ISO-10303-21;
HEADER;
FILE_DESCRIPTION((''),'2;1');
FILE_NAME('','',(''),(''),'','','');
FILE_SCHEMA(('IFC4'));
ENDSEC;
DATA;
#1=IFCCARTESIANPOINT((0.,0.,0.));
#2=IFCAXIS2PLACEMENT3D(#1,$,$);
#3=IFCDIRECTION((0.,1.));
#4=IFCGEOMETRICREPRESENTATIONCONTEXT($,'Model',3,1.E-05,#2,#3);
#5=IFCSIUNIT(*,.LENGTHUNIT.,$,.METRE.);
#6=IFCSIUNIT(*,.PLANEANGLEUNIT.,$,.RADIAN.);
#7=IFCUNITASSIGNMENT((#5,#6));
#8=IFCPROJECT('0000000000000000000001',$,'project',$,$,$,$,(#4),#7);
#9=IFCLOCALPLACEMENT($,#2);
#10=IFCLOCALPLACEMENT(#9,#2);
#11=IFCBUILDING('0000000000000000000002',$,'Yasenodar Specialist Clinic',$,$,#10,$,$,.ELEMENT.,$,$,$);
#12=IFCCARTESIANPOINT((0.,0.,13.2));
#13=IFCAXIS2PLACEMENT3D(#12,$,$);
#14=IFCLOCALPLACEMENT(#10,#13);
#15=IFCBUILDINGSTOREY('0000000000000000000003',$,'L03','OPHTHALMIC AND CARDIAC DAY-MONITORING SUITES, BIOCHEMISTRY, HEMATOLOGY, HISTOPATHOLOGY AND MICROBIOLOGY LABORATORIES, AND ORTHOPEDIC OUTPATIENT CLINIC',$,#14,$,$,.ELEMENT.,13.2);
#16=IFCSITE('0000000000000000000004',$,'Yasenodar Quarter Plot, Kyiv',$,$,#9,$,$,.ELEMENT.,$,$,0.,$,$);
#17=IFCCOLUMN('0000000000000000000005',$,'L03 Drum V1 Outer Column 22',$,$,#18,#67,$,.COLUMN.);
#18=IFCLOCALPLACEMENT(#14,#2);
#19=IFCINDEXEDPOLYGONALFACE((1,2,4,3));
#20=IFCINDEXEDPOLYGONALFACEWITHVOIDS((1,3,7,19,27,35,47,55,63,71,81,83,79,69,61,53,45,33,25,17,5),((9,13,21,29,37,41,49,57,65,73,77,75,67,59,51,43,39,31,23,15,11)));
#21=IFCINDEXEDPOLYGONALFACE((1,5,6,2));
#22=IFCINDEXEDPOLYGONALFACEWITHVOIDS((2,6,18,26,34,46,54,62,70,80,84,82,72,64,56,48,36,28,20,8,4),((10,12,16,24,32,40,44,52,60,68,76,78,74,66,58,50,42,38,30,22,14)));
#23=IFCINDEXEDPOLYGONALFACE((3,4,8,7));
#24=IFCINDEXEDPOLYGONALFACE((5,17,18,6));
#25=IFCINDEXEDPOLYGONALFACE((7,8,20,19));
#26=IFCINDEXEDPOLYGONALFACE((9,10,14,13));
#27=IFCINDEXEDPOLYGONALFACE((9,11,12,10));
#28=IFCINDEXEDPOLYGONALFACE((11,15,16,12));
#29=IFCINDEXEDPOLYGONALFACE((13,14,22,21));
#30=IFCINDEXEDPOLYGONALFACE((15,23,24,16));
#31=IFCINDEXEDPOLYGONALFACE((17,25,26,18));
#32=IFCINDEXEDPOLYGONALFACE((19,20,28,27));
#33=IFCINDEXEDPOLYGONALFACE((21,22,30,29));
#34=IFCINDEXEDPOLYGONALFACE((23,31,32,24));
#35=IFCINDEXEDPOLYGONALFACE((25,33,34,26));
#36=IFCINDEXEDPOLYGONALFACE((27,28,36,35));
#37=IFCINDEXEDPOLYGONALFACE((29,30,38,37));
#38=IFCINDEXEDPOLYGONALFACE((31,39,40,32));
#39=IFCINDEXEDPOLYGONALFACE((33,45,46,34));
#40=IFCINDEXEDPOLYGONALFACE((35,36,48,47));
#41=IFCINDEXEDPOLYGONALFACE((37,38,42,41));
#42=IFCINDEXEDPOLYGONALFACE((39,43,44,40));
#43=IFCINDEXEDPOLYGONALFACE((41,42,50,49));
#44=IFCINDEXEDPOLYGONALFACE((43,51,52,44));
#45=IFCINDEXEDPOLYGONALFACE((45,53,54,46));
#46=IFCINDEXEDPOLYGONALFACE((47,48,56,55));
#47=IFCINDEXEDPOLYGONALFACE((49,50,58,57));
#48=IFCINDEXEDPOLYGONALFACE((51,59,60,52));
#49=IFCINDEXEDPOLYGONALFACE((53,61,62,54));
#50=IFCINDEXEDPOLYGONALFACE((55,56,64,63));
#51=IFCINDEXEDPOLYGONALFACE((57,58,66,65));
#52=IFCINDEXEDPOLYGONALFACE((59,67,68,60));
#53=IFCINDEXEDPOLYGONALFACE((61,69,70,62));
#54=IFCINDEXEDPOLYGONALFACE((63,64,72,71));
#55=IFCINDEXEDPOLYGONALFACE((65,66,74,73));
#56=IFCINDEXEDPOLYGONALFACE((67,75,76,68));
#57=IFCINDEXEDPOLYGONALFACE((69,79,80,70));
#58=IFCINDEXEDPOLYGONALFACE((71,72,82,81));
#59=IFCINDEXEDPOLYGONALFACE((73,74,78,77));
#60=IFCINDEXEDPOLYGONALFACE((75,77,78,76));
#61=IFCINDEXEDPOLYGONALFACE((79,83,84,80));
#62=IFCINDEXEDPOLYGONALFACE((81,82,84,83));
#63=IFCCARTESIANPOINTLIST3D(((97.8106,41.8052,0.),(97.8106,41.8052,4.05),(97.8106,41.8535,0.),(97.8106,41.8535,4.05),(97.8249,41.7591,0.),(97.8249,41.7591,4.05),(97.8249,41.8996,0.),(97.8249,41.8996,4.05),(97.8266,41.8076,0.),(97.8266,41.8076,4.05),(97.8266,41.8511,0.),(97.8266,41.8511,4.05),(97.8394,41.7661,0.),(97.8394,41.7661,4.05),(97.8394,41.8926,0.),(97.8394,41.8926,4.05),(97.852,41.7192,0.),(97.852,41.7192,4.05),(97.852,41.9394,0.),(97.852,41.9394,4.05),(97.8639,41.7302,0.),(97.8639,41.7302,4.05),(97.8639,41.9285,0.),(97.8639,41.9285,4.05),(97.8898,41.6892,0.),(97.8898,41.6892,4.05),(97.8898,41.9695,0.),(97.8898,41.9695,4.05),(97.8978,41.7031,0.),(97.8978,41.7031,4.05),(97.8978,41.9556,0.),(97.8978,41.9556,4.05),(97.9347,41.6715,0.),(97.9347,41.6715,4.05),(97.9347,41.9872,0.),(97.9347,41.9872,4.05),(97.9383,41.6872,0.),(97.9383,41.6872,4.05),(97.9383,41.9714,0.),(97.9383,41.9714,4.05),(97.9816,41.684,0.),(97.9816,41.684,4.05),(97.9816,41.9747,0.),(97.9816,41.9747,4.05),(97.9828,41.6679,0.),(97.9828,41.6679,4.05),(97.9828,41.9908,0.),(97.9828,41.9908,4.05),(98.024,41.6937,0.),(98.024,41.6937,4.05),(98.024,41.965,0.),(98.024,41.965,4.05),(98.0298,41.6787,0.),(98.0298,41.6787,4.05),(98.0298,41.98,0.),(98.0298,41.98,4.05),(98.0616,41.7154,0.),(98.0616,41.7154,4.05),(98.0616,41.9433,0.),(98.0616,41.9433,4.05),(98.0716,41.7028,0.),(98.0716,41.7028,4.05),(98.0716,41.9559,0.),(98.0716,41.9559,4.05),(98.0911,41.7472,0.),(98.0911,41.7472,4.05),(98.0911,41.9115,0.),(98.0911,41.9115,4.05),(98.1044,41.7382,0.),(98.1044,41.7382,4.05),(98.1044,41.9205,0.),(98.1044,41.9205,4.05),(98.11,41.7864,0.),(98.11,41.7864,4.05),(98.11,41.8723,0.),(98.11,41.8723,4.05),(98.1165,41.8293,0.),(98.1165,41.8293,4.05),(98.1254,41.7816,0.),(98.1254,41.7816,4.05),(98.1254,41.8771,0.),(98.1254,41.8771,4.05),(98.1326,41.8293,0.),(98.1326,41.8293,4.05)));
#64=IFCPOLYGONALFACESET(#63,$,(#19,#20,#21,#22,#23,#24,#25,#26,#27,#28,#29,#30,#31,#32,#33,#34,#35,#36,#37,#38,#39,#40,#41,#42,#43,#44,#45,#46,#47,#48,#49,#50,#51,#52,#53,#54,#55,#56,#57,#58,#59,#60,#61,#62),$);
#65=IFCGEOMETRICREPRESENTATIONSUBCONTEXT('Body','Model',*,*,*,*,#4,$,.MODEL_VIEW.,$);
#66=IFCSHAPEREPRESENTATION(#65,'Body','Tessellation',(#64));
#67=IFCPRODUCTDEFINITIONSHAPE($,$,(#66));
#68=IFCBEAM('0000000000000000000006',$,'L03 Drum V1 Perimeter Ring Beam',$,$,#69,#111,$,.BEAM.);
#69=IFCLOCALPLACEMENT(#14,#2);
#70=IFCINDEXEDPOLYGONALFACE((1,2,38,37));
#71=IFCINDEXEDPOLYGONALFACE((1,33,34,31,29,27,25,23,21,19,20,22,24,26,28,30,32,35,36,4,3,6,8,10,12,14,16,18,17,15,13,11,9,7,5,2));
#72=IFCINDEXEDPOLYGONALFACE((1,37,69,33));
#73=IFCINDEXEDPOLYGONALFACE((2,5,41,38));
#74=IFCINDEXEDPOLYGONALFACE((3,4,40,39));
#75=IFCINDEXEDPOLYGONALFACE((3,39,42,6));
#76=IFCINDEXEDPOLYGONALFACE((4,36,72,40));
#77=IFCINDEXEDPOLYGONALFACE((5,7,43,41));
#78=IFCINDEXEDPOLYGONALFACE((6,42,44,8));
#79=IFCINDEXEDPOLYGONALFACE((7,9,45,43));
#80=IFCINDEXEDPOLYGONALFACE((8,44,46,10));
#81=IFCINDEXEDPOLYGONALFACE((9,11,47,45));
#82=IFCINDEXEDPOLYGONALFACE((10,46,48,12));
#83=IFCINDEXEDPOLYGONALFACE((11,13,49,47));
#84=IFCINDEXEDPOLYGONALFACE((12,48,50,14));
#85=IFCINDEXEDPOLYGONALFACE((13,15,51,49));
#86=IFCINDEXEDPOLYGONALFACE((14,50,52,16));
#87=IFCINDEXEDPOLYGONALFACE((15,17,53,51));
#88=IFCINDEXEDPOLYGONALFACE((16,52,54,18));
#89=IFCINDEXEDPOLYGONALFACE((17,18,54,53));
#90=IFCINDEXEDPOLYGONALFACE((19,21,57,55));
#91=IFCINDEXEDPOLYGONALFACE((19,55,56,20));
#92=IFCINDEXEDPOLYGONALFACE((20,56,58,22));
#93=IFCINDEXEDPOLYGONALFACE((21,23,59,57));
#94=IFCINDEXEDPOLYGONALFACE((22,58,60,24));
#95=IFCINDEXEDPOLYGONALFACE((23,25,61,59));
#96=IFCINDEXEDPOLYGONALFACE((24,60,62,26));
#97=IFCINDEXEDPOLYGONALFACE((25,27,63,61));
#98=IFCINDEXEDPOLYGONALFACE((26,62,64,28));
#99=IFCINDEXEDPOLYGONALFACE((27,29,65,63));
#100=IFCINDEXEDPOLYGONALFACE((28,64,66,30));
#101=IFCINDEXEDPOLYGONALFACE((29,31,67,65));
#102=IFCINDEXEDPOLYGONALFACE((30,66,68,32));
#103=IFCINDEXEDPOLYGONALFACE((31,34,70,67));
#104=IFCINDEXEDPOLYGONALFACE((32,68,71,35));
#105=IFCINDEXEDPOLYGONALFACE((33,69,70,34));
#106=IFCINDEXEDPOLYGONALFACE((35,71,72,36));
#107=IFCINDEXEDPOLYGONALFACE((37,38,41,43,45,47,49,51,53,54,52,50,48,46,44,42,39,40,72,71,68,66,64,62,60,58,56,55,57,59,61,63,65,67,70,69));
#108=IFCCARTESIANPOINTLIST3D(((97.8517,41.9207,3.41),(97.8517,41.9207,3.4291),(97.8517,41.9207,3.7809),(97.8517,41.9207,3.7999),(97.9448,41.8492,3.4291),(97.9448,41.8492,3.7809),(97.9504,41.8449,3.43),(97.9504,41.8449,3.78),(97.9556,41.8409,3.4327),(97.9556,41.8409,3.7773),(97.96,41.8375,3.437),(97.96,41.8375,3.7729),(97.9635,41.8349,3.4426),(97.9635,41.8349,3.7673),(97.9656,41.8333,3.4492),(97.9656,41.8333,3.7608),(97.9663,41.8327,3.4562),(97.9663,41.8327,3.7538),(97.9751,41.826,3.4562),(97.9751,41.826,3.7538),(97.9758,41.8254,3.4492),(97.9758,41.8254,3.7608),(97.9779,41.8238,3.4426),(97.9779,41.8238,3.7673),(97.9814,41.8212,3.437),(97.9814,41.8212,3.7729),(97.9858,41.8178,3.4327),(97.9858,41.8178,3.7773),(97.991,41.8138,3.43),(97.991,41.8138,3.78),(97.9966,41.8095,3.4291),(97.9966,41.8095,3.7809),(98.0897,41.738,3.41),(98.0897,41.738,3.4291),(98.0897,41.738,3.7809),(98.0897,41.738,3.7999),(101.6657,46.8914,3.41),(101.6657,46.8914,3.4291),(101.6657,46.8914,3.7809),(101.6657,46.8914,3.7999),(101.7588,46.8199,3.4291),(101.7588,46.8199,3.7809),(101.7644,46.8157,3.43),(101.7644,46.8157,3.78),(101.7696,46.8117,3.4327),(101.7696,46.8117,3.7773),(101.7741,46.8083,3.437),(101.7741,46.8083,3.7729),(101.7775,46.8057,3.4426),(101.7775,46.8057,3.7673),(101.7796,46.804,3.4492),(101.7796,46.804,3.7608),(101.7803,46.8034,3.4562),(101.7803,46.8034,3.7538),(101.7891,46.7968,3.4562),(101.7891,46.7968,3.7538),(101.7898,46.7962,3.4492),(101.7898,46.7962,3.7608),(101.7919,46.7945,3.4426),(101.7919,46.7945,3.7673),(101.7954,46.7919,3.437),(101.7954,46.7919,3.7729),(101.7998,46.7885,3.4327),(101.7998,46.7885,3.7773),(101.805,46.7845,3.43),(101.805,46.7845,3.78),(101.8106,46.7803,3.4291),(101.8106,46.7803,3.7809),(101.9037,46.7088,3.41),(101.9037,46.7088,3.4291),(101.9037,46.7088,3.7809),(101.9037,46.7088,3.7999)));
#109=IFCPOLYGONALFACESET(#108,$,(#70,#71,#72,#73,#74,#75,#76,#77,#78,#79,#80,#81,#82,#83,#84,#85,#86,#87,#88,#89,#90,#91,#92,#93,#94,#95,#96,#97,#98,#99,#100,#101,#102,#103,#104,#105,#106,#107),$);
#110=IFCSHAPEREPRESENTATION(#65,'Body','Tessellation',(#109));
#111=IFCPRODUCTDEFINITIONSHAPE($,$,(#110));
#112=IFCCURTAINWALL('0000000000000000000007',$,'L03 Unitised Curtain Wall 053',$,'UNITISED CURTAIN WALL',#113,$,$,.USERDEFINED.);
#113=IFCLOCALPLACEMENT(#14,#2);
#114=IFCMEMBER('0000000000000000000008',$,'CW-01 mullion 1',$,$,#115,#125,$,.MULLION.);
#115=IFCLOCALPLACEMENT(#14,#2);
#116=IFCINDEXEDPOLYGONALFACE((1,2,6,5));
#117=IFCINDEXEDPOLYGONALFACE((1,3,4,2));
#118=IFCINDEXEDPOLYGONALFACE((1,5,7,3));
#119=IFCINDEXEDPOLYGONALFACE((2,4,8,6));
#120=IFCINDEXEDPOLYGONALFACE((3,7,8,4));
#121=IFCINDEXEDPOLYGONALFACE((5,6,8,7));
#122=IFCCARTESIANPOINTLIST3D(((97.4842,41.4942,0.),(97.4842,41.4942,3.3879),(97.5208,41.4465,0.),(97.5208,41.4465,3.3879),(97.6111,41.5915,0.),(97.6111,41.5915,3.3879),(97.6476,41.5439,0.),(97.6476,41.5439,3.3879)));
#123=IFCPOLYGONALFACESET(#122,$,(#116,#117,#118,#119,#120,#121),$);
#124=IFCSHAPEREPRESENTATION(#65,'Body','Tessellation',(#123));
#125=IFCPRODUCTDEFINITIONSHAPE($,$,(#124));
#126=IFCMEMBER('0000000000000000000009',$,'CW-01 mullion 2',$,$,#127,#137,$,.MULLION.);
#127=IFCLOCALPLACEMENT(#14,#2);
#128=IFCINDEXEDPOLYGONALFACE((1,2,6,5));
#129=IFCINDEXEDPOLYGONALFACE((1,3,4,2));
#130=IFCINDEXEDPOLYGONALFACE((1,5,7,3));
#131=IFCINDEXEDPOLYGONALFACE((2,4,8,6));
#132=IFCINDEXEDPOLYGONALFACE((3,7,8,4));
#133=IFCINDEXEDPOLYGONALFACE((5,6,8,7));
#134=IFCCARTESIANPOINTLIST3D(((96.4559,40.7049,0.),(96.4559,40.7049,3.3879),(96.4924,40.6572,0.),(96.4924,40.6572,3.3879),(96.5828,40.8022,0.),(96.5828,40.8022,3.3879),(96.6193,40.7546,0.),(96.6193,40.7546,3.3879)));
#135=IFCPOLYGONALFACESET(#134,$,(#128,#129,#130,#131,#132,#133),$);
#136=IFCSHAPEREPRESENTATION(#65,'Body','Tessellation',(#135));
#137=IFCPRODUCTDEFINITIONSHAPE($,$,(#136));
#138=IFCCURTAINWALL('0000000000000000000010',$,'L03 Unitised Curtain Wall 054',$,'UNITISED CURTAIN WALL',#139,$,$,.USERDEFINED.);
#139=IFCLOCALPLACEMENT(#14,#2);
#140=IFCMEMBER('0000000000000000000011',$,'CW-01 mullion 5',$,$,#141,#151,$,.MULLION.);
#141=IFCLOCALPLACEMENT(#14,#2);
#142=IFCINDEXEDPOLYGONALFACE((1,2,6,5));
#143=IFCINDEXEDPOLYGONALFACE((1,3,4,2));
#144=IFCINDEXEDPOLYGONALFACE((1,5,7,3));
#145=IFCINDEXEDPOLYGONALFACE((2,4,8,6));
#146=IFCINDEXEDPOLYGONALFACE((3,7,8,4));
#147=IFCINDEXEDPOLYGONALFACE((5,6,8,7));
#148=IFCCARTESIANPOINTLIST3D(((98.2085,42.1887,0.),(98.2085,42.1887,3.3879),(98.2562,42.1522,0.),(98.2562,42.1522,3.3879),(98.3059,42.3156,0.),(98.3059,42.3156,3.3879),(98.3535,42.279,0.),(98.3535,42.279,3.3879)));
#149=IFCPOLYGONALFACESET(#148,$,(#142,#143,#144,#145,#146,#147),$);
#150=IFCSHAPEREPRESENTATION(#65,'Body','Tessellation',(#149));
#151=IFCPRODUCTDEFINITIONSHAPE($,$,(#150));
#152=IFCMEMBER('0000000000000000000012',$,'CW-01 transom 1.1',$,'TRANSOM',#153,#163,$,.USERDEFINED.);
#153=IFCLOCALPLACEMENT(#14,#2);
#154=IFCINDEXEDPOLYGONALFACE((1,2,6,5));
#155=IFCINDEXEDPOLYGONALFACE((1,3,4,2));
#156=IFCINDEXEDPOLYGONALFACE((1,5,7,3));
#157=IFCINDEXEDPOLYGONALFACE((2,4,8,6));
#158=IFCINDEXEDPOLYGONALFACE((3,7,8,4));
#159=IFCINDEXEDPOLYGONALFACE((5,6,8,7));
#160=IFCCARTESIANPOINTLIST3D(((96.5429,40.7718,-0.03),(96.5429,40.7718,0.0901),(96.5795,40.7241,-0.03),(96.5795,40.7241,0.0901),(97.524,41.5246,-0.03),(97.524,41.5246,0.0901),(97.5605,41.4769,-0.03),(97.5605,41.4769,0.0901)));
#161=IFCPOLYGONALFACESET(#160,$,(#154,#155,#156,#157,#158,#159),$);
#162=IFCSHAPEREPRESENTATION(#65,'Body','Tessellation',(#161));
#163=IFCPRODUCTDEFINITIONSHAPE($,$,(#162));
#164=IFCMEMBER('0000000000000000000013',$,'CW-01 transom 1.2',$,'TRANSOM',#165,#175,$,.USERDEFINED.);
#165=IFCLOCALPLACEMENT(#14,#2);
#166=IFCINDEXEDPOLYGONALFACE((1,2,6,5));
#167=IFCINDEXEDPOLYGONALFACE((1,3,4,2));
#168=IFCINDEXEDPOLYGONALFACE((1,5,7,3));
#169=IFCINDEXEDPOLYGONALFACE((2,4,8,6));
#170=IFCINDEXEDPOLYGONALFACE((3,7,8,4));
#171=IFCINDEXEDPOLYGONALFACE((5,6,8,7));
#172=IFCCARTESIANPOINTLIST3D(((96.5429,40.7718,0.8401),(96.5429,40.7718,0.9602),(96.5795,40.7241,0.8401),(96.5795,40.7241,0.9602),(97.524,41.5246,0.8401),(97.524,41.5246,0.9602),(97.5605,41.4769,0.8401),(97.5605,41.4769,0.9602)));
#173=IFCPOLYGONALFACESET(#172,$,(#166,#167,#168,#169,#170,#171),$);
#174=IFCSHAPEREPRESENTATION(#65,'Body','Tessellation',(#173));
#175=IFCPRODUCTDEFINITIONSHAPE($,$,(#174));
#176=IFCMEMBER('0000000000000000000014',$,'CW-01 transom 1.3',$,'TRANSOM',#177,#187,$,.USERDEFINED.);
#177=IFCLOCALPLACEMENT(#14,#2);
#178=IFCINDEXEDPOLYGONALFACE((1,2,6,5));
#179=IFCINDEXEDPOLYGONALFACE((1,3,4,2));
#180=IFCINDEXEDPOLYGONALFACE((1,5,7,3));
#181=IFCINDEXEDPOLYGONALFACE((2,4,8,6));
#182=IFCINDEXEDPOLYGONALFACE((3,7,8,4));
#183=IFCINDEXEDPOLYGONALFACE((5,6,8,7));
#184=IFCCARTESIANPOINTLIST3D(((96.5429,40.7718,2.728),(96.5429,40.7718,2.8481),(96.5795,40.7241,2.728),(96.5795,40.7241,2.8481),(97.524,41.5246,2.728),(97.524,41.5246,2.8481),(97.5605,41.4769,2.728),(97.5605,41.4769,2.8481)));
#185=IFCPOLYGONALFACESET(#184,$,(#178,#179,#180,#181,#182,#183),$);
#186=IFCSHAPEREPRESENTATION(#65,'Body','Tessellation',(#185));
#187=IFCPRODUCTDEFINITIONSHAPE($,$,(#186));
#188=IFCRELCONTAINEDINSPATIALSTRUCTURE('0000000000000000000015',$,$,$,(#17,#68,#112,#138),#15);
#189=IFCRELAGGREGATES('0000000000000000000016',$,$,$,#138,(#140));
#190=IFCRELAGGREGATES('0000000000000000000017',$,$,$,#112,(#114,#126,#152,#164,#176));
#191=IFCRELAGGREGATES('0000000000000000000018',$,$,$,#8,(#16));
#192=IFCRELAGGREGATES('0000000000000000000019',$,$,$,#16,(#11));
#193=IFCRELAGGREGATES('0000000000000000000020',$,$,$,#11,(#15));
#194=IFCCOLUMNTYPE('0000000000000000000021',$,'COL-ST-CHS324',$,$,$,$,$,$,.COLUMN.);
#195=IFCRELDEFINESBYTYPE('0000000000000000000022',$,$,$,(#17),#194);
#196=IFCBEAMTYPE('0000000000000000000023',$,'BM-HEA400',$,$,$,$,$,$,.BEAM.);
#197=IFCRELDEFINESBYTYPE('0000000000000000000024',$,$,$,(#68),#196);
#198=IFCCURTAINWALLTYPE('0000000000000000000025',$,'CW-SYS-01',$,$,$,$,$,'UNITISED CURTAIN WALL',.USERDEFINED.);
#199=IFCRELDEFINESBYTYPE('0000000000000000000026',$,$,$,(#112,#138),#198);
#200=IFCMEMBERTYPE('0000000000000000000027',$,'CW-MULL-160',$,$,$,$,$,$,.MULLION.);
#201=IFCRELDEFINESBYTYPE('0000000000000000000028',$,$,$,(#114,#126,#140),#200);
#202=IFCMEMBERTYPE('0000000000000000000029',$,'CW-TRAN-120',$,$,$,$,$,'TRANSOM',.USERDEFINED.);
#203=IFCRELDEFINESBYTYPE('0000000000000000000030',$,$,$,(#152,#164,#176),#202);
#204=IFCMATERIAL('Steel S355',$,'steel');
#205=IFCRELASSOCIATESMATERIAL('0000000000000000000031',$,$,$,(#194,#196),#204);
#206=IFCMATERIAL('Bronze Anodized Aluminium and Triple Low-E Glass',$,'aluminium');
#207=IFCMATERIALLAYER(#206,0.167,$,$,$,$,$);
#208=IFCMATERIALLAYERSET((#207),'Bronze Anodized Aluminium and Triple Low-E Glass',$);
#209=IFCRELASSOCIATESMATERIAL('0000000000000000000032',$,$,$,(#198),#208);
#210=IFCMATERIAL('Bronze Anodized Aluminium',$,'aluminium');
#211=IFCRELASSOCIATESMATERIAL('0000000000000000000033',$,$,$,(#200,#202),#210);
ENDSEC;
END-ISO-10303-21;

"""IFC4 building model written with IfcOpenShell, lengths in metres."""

from ifc_helpers import new_model, si_unit, direction, frame, origin, origin_2d, place, context, subcontext, project, spatial, rectangle, hollow_circle, i_section, extrude, material, layer, layer_set, material_profile, profile_set, type_object, element, aggregate, save


model = new_model("IFC4")

# Units and contexts
model_context = context("Model", 3, precision=1e-05, world=origin(), true_north=direction((0.0, 1.0)))
body_context = subcontext(model_context, "Body", "Model", "MODEL_VIEW")
ifc_project = project(units=[si_unit("LENGTHUNIT", "METRE"), si_unit("PLANEANGLEUNIT", "RADIAN")], contexts=[model_context])

# Site, building, storey
site_placement = place(None, origin())
site = spatial("IfcSite", under=ifc_project, at=site_placement, Name="Yasenodar Quarter Plot, Kyiv", CompositionType="ELEMENT", RefElevation=0.0)
building_placement = place(site_placement, origin())
building = spatial("IfcBuilding", under=site, at=building_placement, Name="Yasenodar Specialist Clinic", CompositionType="ELEMENT")
storey_placement = place(building_placement, frame((0.0, 0.0, 13.2)))
storey = spatial("IfcBuildingStorey", under=building, at=storey_placement, Name="L03", Description="OPHTHALMIC AND CARDIAC DAY-MONITORING SUITES, BIOCHEMISTRY, HEMATOLOGY, HISTOPATHOLOGY AND MICROBIOLOGY LABORATORIES, AND ORTHOPEDIC OUTPATIENT CLINIC", CompositionType="ELEMENT", Elevation=13.2)

# Column
ifc_material_1 = material(Name="Steel S355", Category="steel")
ifc_material_profile_1 = material_profile(ifc_material_1, hollow_circle(Radius=0.1619, WallThickness=0.0161, at=origin_2d()), Name="CHS 323.9x16")
ifc_profile_set_1 = profile_set([ifc_material_profile_1], Name="Steel S355")
column_type = type_object("IfcColumnType", Name="COL-ST-CHS324", PredefinedType="COLUMN", material=ifc_profile_set_1)
column_placement = place(storey_placement, frame((97.9707, 41.8293, 0.0), z_axis=(0.0, 0.0, 1.0), x_axis=(1.0, 0.0, 0.0)))
element("IfcColumn", 1, at=column_placement, inside=storey, type_object=column_type, Name="L03 Drum V1 Outer Column 22", PredefinedType="COLUMN", context=body_context, shape_type="SweptSolid", body=[
    extrude(hollow_circle(Radius=0.1619, WallThickness=0.0161, at=origin_2d()), origin(), (0.0, 0.0, 1.0), 4.05),
])

# Beam
ifc_material_profile_2 = material_profile(ifc_material_1, i_section(OverallWidth=0.3, OverallDepth=0.3899, WebThickness=0.011, FlangeThickness=0.019, FilletRadius=0.0271, at=origin_2d()), Name="HEA 400")
ifc_profile_set_2 = profile_set([ifc_material_profile_2], Name="Steel S355")
beam_type = type_object("IfcBeamType", Name="BM-HEA400", PredefinedType="BEAM", material=ifc_profile_set_2)
beam_placement = place(storey_placement, frame((97.9707, 41.8293, 3.605), z_axis=(0.608742, 0.793368, 0.0), x_axis=(-0.793368, 0.608742, 0.0)))
element("IfcBeam", 2, at=beam_placement, inside=storey, type_object=beam_type, Name="L03 Drum V1 Perimeter Ring Beam", PredefinedType="BEAM", context=body_context, shape_type="SweptSolid", body=[
    extrude(i_section(OverallWidth=0.3, OverallDepth=0.3899, WebThickness=0.011, FlangeThickness=0.019, FilletRadius=0.0271, at=origin_2d()), origin(), (0.0, 0.0, 1.0), 6.2654),
])

# Curtain wall, members
ifc_material_2 = material(Name="Bronze Anodized Aluminium and Triple Low-E Glass", Category="aluminium")
ifc_layer_1 = layer(ifc_material_2, 0.167)
ifc_layer_set_1 = layer_set([ifc_layer_1], Name="Bronze Anodized Aluminium and Triple Low-E Glass")
curtain_wall_type = type_object("IfcCurtainWallType", Name="CW-SYS-01", ElementType="UNITISED CURTAIN WALL", PredefinedType="USERDEFINED", material=ifc_layer_set_1)
curtain_wall_1_placement = place(storey_placement, origin())
curtain_wall_1 = element("IfcCurtainWall", 3, at=curtain_wall_1_placement, inside=storey, type_object=curtain_wall_type, Name="L03 Unitised Curtain Wall 053", ObjectType="UNITISED CURTAIN WALL", PredefinedType="USERDEFINED")
ifc_material_3 = material(Name="Bronze Anodized Aluminium", Category="aluminium")
ifc_material_profile_3 = material_profile(ifc_material_3, rectangle(XDim=0.0601, YDim=0.1599, at=origin_2d()), Name="CW-MULL 60x160")
ifc_profile_set_3 = profile_set([ifc_material_profile_3], Name="Bronze Anodized Aluminium")
member_type_1 = type_object("IfcMemberType", Name="CW-MULL-160", PredefinedType="MULLION", material=ifc_profile_set_3)
member_1_placement = place(storey_placement, frame((97.5659, 41.519, 0.0), z_axis=(0.0, 0.0, 1.0), x_axis=(0.608752, -0.793361, 0.0)))
member_1 = element("IfcMember", 4, at=member_1_placement, type_object=member_type_1, Name="CW-01 mullion 1", PredefinedType="MULLION", context=body_context, shape_type="SweptSolid", body=[
    extrude(rectangle(XDim=0.0601, YDim=0.1599, at=origin_2d()), origin(), (0.0, 0.0, 1.0), 3.3879),
])
member_2_placement = place(storey_placement, frame((96.5376, 40.7297, 0.0), z_axis=(0.0, 0.0, 1.0), x_axis=(0.608752, -0.793361, 0.0)))
member_2 = element("IfcMember", 5, at=member_2_placement, type_object=member_type_1, Name="CW-01 mullion 2", PredefinedType="MULLION", context=body_context, shape_type="SweptSolid", body=[
    extrude(rectangle(XDim=0.0601, YDim=0.1599, at=origin_2d()), origin(), (0.0, 0.0, 1.0), 3.3879),
])

# Curtain wall, member
curtain_wall_2_placement = place(storey_placement, origin())
curtain_wall_2 = element("IfcCurtainWall", 6, at=curtain_wall_2_placement, inside=storey, type_object=curtain_wall_type, Name="L03 Unitised Curtain Wall 054", ObjectType="UNITISED CURTAIN WALL", PredefinedType="USERDEFINED")
member_3_placement = place(storey_placement, frame((98.281, 42.2339, 0.0), z_axis=(0.0, 0.0, 1.0), x_axis=(0.793361, -0.608752, 0.0)))
member_3 = element("IfcMember", 7, at=member_3_placement, type_object=member_type_1, Name="CW-01 mullion 5", PredefinedType="MULLION", context=body_context, shape_type="SweptSolid", body=[
    extrude(rectangle(XDim=0.0601, YDim=0.1599, at=origin_2d()), origin(), (0.0, 0.0, 1.0), 3.3879),
])
aggregate(curtain_wall_2, [member_3])

# Members
ifc_material_profile_4 = material_profile(ifc_material_3, rectangle(XDim=0.0601, YDim=0.1201, at=origin_2d()), Name="CW-TRAN 60x120")
ifc_profile_set_4 = profile_set([ifc_material_profile_4], Name="Bronze Anodized Aluminium")
member_type_2 = type_object("IfcMemberType", Name="CW-TRAN-120", ElementType="TRANSOM", PredefinedType="USERDEFINED", material=ifc_profile_set_4)
member_4_placement = place(storey_placement, frame((97.5422, 41.5007, 0.03), z_axis=(-0.793365, -0.608747, 0.0), x_axis=(0.608747, -0.793365, 0.0)))
member_4 = element("IfcMember", 8, at=member_4_placement, type_object=member_type_2, Name="CW-01 transom 1.1", ObjectType="TRANSOM", PredefinedType="USERDEFINED", context=body_context, shape_type="SweptSolid", body=[
    extrude(rectangle(XDim=0.0601, YDim=0.1201, at=origin_2d()), origin(), (0.0, 0.0, 1.0), 1.2366),
])
member_5_placement = place(storey_placement, frame((97.5422, 41.5007, 0.9001), z_axis=(-0.793365, -0.608747, 0.0), x_axis=(0.608747, -0.793365, 0.0)))
member_5 = element("IfcMember", 9, at=member_5_placement, type_object=member_type_2, Name="CW-01 transom 1.2", ObjectType="TRANSOM", PredefinedType="USERDEFINED", context=body_context, shape_type="SweptSolid", body=[
    extrude(rectangle(XDim=0.0601, YDim=0.1201, at=origin_2d()), origin(), (0.0, 0.0, 1.0), 1.2366),
])
member_6_placement = place(storey_placement, frame((97.5422, 41.5007, 2.7881), z_axis=(-0.793365, -0.608747, 0.0), x_axis=(0.608747, -0.793365, 0.0)))
member_6 = element("IfcMember", 10, at=member_6_placement, type_object=member_type_2, Name="CW-01 transom 1.3", ObjectType="TRANSOM", PredefinedType="USERDEFINED", context=body_context, shape_type="SweptSolid", body=[
    extrude(rectangle(XDim=0.0601, YDim=0.1201, at=origin_2d()), origin(), (0.0, 0.0, 1.0), 1.2366),
])

aggregate(curtain_wall_1, [member_1, member_2, member_4, member_5, member_6])

save(model, "model.ifc")
